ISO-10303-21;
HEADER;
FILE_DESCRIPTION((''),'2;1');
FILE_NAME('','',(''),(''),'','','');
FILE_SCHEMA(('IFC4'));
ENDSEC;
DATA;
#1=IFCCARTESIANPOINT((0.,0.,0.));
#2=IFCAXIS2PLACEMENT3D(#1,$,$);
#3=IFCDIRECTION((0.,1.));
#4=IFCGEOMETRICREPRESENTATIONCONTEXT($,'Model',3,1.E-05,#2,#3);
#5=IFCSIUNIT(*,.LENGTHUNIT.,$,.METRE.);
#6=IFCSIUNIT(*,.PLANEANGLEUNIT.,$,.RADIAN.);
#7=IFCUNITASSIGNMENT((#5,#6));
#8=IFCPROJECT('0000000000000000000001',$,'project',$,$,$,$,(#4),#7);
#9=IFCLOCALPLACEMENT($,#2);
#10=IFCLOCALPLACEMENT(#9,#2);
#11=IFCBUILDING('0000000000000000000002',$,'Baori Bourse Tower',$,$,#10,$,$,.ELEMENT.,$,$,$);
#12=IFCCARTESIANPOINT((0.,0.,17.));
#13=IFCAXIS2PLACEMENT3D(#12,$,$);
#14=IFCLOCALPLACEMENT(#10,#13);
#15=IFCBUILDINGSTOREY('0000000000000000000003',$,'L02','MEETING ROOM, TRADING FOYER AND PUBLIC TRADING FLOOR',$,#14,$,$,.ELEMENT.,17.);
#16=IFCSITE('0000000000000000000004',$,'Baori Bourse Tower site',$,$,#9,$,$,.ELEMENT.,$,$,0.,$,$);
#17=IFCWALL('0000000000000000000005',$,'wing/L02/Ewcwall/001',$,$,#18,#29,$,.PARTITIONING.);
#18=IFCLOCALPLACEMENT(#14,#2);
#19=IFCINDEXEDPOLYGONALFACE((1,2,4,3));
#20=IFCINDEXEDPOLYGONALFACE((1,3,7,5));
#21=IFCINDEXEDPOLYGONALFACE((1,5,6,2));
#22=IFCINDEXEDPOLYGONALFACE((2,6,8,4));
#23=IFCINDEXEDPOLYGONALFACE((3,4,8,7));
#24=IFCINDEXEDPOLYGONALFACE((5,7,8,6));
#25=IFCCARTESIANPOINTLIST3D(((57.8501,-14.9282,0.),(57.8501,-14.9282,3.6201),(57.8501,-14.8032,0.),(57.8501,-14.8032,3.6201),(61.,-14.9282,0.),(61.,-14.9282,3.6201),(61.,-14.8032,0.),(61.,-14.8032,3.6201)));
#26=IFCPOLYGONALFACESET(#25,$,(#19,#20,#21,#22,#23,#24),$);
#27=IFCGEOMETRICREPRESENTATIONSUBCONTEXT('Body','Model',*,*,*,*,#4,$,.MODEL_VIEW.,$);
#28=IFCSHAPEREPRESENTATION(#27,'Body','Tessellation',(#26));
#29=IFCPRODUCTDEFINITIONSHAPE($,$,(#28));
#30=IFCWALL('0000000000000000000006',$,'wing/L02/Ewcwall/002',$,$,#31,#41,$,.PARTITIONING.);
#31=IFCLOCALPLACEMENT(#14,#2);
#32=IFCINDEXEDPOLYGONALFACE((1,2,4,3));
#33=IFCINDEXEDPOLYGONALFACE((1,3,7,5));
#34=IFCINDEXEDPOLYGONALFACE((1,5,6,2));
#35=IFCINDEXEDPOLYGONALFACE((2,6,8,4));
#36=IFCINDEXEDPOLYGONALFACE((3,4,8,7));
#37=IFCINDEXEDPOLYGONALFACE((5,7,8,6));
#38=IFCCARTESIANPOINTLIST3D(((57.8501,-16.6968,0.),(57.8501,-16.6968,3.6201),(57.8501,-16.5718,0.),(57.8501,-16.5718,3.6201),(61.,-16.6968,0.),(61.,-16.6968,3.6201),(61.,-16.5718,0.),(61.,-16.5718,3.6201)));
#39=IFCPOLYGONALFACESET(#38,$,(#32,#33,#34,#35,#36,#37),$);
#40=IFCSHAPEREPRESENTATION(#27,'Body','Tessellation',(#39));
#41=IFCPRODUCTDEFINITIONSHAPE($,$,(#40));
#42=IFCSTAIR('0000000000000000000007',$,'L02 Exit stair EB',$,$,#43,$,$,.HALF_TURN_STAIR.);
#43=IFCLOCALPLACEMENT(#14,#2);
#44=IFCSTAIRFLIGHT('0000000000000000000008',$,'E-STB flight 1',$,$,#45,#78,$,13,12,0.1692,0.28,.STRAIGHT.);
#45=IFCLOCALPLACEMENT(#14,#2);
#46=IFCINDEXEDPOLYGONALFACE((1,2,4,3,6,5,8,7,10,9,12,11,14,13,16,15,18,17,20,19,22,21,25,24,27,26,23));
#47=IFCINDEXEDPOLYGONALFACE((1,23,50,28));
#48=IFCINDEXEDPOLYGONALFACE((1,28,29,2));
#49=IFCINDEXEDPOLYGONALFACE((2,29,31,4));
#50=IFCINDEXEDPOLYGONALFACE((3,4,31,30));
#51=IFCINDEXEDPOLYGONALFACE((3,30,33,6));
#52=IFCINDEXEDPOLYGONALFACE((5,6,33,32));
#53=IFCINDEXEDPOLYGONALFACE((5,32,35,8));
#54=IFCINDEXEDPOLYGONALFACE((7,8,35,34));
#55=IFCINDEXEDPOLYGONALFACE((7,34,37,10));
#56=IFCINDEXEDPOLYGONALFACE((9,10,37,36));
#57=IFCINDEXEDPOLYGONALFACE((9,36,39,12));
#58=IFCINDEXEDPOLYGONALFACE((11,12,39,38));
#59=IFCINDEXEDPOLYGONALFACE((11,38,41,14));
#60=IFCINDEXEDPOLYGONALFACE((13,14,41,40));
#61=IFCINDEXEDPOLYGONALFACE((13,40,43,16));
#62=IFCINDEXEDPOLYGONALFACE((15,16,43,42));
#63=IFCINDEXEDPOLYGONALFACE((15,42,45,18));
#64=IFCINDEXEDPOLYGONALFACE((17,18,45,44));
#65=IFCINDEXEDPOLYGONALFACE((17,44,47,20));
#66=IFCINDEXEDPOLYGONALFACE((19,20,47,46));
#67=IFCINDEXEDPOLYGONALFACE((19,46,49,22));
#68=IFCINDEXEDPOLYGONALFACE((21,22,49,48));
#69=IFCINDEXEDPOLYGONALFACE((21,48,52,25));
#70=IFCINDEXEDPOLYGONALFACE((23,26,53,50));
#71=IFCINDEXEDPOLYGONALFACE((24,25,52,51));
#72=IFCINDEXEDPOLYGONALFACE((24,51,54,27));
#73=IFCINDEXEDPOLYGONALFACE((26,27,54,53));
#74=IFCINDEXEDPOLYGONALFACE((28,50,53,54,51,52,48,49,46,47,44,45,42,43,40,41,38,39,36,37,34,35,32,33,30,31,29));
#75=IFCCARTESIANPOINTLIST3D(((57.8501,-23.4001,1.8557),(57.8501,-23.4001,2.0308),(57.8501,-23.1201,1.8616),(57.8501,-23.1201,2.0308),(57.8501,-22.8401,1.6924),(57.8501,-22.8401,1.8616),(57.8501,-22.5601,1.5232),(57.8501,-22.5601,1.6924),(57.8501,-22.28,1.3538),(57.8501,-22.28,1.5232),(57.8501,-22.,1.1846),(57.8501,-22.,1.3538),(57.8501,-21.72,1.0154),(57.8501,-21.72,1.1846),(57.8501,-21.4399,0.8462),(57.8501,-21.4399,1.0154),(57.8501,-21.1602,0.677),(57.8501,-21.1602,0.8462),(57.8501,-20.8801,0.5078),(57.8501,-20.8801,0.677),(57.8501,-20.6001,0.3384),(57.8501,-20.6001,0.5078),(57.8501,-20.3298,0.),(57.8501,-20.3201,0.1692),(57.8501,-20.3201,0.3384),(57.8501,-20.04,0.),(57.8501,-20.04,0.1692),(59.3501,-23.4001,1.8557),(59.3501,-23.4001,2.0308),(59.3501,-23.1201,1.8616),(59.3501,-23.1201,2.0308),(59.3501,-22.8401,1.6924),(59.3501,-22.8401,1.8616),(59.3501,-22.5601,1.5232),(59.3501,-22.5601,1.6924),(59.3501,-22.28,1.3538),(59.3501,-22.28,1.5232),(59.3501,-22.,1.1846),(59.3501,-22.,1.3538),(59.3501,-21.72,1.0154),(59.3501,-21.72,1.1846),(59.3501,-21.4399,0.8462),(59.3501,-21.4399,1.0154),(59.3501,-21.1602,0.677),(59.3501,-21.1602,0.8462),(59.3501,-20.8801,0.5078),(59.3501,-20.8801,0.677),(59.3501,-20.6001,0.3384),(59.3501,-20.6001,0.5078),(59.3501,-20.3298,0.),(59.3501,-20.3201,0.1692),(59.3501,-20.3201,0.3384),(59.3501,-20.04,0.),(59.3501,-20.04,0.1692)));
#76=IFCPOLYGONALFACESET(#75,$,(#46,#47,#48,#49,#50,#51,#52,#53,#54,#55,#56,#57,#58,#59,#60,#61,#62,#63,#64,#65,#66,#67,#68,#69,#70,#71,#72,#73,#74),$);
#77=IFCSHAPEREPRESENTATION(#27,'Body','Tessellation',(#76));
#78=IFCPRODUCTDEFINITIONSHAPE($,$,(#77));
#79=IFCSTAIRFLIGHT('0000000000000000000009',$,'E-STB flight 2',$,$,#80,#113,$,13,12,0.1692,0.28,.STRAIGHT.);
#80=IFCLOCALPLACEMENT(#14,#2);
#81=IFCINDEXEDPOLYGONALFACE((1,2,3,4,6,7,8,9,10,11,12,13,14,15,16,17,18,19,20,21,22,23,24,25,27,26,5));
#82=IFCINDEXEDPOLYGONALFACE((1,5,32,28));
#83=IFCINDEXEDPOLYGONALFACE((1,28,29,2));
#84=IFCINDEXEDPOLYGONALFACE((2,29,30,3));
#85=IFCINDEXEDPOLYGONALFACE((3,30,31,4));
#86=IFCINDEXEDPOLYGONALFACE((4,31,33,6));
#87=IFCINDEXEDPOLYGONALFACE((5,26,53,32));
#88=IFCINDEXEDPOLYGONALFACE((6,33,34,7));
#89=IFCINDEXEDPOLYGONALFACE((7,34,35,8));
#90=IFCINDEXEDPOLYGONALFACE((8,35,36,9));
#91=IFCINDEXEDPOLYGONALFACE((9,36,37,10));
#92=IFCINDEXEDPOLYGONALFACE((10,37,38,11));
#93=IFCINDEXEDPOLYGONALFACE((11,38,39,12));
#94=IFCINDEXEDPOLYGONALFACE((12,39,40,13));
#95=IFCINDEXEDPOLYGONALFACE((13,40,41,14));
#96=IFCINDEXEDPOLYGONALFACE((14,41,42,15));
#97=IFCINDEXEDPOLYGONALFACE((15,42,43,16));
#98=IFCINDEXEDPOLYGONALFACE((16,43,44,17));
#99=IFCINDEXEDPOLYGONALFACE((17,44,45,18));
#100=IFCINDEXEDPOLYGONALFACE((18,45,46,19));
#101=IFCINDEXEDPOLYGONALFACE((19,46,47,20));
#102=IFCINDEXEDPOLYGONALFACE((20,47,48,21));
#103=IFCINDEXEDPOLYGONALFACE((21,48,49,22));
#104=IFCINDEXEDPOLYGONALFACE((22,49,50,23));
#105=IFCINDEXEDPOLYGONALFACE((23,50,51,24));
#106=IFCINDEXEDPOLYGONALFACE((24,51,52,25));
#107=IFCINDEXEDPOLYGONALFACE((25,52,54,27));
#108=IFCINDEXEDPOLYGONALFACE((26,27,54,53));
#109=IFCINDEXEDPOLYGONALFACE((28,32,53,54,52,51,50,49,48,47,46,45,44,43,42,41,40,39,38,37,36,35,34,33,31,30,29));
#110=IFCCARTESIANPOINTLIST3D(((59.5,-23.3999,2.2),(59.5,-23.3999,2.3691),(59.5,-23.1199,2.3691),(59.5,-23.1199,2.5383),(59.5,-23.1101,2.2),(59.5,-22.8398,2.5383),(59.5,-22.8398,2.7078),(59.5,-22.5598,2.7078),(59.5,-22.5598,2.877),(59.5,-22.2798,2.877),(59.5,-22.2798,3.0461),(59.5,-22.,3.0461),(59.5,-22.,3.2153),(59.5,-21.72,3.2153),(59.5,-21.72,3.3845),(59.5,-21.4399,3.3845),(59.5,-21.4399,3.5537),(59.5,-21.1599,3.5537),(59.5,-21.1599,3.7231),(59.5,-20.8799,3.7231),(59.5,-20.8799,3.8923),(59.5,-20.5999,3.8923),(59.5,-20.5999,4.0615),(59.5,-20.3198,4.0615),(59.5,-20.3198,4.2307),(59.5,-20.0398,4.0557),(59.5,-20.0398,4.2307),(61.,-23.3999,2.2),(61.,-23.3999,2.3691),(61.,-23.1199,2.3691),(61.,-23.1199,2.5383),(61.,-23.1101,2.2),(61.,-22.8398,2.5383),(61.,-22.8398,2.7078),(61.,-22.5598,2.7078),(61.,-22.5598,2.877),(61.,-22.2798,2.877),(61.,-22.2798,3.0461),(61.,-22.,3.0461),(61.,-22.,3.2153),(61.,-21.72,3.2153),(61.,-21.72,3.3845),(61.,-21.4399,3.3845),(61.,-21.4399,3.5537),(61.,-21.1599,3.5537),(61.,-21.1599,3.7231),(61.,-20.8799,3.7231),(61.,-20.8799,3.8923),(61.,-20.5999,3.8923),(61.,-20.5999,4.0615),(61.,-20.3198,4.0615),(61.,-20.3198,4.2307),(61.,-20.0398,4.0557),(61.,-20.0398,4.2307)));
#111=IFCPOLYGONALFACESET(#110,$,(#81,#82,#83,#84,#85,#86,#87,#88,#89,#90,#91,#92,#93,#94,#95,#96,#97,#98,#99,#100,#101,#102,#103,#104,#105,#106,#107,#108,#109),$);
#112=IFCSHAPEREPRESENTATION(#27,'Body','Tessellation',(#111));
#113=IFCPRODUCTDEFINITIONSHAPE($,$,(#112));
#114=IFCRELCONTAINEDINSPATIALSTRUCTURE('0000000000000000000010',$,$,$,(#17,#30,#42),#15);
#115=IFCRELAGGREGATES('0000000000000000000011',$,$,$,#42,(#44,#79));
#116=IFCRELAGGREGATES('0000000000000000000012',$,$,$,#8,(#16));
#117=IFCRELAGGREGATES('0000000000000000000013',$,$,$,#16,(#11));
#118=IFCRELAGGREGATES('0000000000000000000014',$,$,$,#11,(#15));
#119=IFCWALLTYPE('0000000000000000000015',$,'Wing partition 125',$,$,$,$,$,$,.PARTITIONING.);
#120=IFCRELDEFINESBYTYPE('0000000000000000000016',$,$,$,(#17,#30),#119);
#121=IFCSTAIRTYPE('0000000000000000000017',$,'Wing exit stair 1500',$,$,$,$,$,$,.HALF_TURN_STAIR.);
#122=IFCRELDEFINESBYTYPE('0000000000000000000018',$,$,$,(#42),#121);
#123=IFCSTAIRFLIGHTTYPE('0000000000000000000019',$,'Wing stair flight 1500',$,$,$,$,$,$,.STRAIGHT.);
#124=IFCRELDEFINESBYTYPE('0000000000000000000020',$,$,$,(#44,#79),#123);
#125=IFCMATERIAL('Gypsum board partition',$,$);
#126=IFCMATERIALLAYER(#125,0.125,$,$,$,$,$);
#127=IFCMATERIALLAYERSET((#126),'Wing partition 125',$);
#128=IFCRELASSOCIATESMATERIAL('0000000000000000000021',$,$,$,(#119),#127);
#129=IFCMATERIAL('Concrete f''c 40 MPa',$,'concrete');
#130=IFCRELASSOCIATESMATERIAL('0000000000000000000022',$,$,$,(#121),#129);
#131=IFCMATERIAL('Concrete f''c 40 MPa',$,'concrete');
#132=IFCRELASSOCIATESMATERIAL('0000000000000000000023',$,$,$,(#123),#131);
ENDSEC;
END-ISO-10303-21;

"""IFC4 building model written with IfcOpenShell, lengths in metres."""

from ifc_helpers import new_model, si_unit, direction, frame, frame_2d, origin, place, context, subcontext, project, spatial, polyline, rectangle, outline, extrude, material, layer, layer_set, type_object, element, aggregate, save


model = new_model("IFC4")

# Units and contexts
model_context = context("Model", 3, precision=1e-05, world=origin(), true_north=direction((0.0, 1.0)))
body_context = subcontext(model_context, "Body", "Model", "MODEL_VIEW")
ifc_project = project(units=[si_unit("LENGTHUNIT", "METRE"), si_unit("PLANEANGLEUNIT", "RADIAN")], contexts=[model_context])

# Site, building, storey
site_placement = place(None, origin())
site = spatial("IfcSite", under=ifc_project, at=site_placement, Name="Baori Bourse Tower site", CompositionType="ELEMENT", RefElevation=0.0)
building_placement = place(site_placement, origin())
building = spatial("IfcBuilding", under=site, at=building_placement, Name="Baori Bourse Tower", CompositionType="ELEMENT")
storey_placement = place(building_placement, frame((0.0, 0.0, 17.0)))
storey = spatial("IfcBuildingStorey", under=building, at=storey_placement, Name="L02", Description="MEETING ROOM, TRADING FOYER AND PUBLIC TRADING FLOOR", CompositionType="ELEMENT", Elevation=17.0)

# Walls
ifc_material_1 = material(Name="Gypsum board partition")
ifc_layer_1 = layer(ifc_material_1, 0.125)
ifc_layer_set_1 = layer_set([ifc_layer_1], Name="Wing partition 125")
wall_type_1 = type_object("IfcWallType", Name="Wing partition 125", PredefinedType="PARTITIONING", material=ifc_layer_set_1)
for number, where, z_axis, x_axis, name in (
    (1, (61.0, -14.8657, 0.0), (0.0, 0.0, 1.0), (-1.0, 0.0, 0.0), "wing/L02/Ewcwall/001"),
    (2, (61.0, -16.6343, 0.0), (0.0, 0.0, 1.0), (-1.0, 0.0, 0.0), "wing/L02/Ewcwall/002"),
):
    element("IfcWall", number, at=place(storey_placement, frame(where, z_axis=z_axis, x_axis=x_axis)), inside=storey, type_object=wall_type_1, Name=name, PredefinedType="PARTITIONING", context=body_context, shape_type="SweptSolid", body=[
        extrude(rectangle(XDim=3.1499, YDim=0.125, at=frame_2d((1.575, 0.0))), origin(), (0.0, 0.0, 1.0), 3.6201),
    ])

# Stair, stair flights
ifc_material_2 = material(Name="Concrete f'c 40 MPa", Category="concrete")
stair_type = type_object("IfcStairType", Name="Wing exit stair 1500", PredefinedType="HALF_TURN_STAIR", material=ifc_material_2)
stair_placement = place(storey_placement, origin())
stair = element("IfcStair", 3, at=stair_placement, inside=storey, type_object=stair_type, Name="L02 Exit stair EB", PredefinedType="HALF_TURN_STAIR")
ifc_material_3 = material(Name="Concrete f'c 40 MPa", Category="concrete")
stair_flight_type = type_object("IfcStairFlightType", Name="Wing stair flight 1500", PredefinedType="STRAIGHT", material=ifc_material_3)
stair_flight_1_placement = place(storey_placement, frame((58.6001, -20.04, 0.0), z_axis=(0.0, 0.0, 1.0), x_axis=(0.0, -1.0, 0.0)))
stair_flight_1 = element("IfcStairFlight", 4, at=stair_flight_1_placement, type_object=stair_flight_type, Name="E-STB flight 1", NumberOfRisers=13, NumberOfTreads=12, PredefinedType="STRAIGHT", RiserHeight=0.1692, TreadLength=0.28, context=body_context, shape_type="SweptSolid", body=[
    extrude(outline(polyline([(0.0, 0.0), (0.0, 0.1692), (0.28, 0.1692), (0.28, 0.3384), (0.5601, 0.3384), (0.5601, 0.5078), (0.8401, 0.5078), (0.8401, 0.677), (1.1201, 0.677), (1.1201, 0.8462), (1.3999, 0.8462), (1.3999, 1.0154), (1.6799, 1.0154), (1.6799, 1.1846), (1.96, 1.1846), (1.96, 1.3538), (2.24, 1.3538), (2.24, 1.5232), (2.52, 1.5232), (2.52, 1.6924), (2.8, 1.6924), (2.8, 1.8616), (3.0801, 1.8616), (3.0801, 2.0308), (3.3601, 2.0308), (3.3601, 2.2), (3.3601, 1.8557), (0.2898, 0.0), (0.0, 0.0)])), frame((0.0, 0.75, 0.0), z_axis=(0.0, -1.0, 0.0), x_axis=(1.0, 0.0, 0.0)), (0.0, 0.0, 1.0), 1.5),
])
stair_flight_2_placement = place(storey_placement, frame((60.25, -23.3999, 2.2), z_axis=(0.0, 0.0, 1.0), x_axis=(0.0, 1.0, 0.0)))
stair_flight_2 = element("IfcStairFlight", 5, at=stair_flight_2_placement, type_object=stair_flight_type, Name="E-STB flight 2", NumberOfRisers=13, NumberOfTreads=12, PredefinedType="STRAIGHT", RiserHeight=0.1692, TreadLength=0.28, context=body_context, shape_type="SweptSolid", body=[
    extrude(outline(polyline([(0.0, 0.0), (0.0, 0.1692), (0.28, 0.1692), (0.28, 0.3384), (0.5601, 0.3384), (0.5601, 0.5078), (0.8401, 0.5078), (0.8401, 0.677), (1.1201, 0.677), (1.1201, 0.8462), (1.3999, 0.8462), (1.3999, 1.0154), (1.6799, 1.0154), (1.6799, 1.1846), (1.96, 1.1846), (1.96, 1.3538), (2.24, 1.3538), (2.24, 1.5232), (2.52, 1.5232), (2.52, 1.6924), (2.8, 1.6924), (2.8, 1.8616), (3.0801, 1.8616), (3.0801, 2.0308), (3.3601, 2.0308), (3.3601, 2.2), (3.3601, 1.8557), (0.2898, 0.0), (0.0, 0.0)])), frame((0.0, 0.75, 0.0), z_axis=(0.0, -1.0, 0.0), x_axis=(1.0, 0.0, 0.0)), (0.0, 0.0, 1.0), 1.5),
])
aggregate(stair, [stair_flight_1, stair_flight_2])

save(model, "model.ifc")
